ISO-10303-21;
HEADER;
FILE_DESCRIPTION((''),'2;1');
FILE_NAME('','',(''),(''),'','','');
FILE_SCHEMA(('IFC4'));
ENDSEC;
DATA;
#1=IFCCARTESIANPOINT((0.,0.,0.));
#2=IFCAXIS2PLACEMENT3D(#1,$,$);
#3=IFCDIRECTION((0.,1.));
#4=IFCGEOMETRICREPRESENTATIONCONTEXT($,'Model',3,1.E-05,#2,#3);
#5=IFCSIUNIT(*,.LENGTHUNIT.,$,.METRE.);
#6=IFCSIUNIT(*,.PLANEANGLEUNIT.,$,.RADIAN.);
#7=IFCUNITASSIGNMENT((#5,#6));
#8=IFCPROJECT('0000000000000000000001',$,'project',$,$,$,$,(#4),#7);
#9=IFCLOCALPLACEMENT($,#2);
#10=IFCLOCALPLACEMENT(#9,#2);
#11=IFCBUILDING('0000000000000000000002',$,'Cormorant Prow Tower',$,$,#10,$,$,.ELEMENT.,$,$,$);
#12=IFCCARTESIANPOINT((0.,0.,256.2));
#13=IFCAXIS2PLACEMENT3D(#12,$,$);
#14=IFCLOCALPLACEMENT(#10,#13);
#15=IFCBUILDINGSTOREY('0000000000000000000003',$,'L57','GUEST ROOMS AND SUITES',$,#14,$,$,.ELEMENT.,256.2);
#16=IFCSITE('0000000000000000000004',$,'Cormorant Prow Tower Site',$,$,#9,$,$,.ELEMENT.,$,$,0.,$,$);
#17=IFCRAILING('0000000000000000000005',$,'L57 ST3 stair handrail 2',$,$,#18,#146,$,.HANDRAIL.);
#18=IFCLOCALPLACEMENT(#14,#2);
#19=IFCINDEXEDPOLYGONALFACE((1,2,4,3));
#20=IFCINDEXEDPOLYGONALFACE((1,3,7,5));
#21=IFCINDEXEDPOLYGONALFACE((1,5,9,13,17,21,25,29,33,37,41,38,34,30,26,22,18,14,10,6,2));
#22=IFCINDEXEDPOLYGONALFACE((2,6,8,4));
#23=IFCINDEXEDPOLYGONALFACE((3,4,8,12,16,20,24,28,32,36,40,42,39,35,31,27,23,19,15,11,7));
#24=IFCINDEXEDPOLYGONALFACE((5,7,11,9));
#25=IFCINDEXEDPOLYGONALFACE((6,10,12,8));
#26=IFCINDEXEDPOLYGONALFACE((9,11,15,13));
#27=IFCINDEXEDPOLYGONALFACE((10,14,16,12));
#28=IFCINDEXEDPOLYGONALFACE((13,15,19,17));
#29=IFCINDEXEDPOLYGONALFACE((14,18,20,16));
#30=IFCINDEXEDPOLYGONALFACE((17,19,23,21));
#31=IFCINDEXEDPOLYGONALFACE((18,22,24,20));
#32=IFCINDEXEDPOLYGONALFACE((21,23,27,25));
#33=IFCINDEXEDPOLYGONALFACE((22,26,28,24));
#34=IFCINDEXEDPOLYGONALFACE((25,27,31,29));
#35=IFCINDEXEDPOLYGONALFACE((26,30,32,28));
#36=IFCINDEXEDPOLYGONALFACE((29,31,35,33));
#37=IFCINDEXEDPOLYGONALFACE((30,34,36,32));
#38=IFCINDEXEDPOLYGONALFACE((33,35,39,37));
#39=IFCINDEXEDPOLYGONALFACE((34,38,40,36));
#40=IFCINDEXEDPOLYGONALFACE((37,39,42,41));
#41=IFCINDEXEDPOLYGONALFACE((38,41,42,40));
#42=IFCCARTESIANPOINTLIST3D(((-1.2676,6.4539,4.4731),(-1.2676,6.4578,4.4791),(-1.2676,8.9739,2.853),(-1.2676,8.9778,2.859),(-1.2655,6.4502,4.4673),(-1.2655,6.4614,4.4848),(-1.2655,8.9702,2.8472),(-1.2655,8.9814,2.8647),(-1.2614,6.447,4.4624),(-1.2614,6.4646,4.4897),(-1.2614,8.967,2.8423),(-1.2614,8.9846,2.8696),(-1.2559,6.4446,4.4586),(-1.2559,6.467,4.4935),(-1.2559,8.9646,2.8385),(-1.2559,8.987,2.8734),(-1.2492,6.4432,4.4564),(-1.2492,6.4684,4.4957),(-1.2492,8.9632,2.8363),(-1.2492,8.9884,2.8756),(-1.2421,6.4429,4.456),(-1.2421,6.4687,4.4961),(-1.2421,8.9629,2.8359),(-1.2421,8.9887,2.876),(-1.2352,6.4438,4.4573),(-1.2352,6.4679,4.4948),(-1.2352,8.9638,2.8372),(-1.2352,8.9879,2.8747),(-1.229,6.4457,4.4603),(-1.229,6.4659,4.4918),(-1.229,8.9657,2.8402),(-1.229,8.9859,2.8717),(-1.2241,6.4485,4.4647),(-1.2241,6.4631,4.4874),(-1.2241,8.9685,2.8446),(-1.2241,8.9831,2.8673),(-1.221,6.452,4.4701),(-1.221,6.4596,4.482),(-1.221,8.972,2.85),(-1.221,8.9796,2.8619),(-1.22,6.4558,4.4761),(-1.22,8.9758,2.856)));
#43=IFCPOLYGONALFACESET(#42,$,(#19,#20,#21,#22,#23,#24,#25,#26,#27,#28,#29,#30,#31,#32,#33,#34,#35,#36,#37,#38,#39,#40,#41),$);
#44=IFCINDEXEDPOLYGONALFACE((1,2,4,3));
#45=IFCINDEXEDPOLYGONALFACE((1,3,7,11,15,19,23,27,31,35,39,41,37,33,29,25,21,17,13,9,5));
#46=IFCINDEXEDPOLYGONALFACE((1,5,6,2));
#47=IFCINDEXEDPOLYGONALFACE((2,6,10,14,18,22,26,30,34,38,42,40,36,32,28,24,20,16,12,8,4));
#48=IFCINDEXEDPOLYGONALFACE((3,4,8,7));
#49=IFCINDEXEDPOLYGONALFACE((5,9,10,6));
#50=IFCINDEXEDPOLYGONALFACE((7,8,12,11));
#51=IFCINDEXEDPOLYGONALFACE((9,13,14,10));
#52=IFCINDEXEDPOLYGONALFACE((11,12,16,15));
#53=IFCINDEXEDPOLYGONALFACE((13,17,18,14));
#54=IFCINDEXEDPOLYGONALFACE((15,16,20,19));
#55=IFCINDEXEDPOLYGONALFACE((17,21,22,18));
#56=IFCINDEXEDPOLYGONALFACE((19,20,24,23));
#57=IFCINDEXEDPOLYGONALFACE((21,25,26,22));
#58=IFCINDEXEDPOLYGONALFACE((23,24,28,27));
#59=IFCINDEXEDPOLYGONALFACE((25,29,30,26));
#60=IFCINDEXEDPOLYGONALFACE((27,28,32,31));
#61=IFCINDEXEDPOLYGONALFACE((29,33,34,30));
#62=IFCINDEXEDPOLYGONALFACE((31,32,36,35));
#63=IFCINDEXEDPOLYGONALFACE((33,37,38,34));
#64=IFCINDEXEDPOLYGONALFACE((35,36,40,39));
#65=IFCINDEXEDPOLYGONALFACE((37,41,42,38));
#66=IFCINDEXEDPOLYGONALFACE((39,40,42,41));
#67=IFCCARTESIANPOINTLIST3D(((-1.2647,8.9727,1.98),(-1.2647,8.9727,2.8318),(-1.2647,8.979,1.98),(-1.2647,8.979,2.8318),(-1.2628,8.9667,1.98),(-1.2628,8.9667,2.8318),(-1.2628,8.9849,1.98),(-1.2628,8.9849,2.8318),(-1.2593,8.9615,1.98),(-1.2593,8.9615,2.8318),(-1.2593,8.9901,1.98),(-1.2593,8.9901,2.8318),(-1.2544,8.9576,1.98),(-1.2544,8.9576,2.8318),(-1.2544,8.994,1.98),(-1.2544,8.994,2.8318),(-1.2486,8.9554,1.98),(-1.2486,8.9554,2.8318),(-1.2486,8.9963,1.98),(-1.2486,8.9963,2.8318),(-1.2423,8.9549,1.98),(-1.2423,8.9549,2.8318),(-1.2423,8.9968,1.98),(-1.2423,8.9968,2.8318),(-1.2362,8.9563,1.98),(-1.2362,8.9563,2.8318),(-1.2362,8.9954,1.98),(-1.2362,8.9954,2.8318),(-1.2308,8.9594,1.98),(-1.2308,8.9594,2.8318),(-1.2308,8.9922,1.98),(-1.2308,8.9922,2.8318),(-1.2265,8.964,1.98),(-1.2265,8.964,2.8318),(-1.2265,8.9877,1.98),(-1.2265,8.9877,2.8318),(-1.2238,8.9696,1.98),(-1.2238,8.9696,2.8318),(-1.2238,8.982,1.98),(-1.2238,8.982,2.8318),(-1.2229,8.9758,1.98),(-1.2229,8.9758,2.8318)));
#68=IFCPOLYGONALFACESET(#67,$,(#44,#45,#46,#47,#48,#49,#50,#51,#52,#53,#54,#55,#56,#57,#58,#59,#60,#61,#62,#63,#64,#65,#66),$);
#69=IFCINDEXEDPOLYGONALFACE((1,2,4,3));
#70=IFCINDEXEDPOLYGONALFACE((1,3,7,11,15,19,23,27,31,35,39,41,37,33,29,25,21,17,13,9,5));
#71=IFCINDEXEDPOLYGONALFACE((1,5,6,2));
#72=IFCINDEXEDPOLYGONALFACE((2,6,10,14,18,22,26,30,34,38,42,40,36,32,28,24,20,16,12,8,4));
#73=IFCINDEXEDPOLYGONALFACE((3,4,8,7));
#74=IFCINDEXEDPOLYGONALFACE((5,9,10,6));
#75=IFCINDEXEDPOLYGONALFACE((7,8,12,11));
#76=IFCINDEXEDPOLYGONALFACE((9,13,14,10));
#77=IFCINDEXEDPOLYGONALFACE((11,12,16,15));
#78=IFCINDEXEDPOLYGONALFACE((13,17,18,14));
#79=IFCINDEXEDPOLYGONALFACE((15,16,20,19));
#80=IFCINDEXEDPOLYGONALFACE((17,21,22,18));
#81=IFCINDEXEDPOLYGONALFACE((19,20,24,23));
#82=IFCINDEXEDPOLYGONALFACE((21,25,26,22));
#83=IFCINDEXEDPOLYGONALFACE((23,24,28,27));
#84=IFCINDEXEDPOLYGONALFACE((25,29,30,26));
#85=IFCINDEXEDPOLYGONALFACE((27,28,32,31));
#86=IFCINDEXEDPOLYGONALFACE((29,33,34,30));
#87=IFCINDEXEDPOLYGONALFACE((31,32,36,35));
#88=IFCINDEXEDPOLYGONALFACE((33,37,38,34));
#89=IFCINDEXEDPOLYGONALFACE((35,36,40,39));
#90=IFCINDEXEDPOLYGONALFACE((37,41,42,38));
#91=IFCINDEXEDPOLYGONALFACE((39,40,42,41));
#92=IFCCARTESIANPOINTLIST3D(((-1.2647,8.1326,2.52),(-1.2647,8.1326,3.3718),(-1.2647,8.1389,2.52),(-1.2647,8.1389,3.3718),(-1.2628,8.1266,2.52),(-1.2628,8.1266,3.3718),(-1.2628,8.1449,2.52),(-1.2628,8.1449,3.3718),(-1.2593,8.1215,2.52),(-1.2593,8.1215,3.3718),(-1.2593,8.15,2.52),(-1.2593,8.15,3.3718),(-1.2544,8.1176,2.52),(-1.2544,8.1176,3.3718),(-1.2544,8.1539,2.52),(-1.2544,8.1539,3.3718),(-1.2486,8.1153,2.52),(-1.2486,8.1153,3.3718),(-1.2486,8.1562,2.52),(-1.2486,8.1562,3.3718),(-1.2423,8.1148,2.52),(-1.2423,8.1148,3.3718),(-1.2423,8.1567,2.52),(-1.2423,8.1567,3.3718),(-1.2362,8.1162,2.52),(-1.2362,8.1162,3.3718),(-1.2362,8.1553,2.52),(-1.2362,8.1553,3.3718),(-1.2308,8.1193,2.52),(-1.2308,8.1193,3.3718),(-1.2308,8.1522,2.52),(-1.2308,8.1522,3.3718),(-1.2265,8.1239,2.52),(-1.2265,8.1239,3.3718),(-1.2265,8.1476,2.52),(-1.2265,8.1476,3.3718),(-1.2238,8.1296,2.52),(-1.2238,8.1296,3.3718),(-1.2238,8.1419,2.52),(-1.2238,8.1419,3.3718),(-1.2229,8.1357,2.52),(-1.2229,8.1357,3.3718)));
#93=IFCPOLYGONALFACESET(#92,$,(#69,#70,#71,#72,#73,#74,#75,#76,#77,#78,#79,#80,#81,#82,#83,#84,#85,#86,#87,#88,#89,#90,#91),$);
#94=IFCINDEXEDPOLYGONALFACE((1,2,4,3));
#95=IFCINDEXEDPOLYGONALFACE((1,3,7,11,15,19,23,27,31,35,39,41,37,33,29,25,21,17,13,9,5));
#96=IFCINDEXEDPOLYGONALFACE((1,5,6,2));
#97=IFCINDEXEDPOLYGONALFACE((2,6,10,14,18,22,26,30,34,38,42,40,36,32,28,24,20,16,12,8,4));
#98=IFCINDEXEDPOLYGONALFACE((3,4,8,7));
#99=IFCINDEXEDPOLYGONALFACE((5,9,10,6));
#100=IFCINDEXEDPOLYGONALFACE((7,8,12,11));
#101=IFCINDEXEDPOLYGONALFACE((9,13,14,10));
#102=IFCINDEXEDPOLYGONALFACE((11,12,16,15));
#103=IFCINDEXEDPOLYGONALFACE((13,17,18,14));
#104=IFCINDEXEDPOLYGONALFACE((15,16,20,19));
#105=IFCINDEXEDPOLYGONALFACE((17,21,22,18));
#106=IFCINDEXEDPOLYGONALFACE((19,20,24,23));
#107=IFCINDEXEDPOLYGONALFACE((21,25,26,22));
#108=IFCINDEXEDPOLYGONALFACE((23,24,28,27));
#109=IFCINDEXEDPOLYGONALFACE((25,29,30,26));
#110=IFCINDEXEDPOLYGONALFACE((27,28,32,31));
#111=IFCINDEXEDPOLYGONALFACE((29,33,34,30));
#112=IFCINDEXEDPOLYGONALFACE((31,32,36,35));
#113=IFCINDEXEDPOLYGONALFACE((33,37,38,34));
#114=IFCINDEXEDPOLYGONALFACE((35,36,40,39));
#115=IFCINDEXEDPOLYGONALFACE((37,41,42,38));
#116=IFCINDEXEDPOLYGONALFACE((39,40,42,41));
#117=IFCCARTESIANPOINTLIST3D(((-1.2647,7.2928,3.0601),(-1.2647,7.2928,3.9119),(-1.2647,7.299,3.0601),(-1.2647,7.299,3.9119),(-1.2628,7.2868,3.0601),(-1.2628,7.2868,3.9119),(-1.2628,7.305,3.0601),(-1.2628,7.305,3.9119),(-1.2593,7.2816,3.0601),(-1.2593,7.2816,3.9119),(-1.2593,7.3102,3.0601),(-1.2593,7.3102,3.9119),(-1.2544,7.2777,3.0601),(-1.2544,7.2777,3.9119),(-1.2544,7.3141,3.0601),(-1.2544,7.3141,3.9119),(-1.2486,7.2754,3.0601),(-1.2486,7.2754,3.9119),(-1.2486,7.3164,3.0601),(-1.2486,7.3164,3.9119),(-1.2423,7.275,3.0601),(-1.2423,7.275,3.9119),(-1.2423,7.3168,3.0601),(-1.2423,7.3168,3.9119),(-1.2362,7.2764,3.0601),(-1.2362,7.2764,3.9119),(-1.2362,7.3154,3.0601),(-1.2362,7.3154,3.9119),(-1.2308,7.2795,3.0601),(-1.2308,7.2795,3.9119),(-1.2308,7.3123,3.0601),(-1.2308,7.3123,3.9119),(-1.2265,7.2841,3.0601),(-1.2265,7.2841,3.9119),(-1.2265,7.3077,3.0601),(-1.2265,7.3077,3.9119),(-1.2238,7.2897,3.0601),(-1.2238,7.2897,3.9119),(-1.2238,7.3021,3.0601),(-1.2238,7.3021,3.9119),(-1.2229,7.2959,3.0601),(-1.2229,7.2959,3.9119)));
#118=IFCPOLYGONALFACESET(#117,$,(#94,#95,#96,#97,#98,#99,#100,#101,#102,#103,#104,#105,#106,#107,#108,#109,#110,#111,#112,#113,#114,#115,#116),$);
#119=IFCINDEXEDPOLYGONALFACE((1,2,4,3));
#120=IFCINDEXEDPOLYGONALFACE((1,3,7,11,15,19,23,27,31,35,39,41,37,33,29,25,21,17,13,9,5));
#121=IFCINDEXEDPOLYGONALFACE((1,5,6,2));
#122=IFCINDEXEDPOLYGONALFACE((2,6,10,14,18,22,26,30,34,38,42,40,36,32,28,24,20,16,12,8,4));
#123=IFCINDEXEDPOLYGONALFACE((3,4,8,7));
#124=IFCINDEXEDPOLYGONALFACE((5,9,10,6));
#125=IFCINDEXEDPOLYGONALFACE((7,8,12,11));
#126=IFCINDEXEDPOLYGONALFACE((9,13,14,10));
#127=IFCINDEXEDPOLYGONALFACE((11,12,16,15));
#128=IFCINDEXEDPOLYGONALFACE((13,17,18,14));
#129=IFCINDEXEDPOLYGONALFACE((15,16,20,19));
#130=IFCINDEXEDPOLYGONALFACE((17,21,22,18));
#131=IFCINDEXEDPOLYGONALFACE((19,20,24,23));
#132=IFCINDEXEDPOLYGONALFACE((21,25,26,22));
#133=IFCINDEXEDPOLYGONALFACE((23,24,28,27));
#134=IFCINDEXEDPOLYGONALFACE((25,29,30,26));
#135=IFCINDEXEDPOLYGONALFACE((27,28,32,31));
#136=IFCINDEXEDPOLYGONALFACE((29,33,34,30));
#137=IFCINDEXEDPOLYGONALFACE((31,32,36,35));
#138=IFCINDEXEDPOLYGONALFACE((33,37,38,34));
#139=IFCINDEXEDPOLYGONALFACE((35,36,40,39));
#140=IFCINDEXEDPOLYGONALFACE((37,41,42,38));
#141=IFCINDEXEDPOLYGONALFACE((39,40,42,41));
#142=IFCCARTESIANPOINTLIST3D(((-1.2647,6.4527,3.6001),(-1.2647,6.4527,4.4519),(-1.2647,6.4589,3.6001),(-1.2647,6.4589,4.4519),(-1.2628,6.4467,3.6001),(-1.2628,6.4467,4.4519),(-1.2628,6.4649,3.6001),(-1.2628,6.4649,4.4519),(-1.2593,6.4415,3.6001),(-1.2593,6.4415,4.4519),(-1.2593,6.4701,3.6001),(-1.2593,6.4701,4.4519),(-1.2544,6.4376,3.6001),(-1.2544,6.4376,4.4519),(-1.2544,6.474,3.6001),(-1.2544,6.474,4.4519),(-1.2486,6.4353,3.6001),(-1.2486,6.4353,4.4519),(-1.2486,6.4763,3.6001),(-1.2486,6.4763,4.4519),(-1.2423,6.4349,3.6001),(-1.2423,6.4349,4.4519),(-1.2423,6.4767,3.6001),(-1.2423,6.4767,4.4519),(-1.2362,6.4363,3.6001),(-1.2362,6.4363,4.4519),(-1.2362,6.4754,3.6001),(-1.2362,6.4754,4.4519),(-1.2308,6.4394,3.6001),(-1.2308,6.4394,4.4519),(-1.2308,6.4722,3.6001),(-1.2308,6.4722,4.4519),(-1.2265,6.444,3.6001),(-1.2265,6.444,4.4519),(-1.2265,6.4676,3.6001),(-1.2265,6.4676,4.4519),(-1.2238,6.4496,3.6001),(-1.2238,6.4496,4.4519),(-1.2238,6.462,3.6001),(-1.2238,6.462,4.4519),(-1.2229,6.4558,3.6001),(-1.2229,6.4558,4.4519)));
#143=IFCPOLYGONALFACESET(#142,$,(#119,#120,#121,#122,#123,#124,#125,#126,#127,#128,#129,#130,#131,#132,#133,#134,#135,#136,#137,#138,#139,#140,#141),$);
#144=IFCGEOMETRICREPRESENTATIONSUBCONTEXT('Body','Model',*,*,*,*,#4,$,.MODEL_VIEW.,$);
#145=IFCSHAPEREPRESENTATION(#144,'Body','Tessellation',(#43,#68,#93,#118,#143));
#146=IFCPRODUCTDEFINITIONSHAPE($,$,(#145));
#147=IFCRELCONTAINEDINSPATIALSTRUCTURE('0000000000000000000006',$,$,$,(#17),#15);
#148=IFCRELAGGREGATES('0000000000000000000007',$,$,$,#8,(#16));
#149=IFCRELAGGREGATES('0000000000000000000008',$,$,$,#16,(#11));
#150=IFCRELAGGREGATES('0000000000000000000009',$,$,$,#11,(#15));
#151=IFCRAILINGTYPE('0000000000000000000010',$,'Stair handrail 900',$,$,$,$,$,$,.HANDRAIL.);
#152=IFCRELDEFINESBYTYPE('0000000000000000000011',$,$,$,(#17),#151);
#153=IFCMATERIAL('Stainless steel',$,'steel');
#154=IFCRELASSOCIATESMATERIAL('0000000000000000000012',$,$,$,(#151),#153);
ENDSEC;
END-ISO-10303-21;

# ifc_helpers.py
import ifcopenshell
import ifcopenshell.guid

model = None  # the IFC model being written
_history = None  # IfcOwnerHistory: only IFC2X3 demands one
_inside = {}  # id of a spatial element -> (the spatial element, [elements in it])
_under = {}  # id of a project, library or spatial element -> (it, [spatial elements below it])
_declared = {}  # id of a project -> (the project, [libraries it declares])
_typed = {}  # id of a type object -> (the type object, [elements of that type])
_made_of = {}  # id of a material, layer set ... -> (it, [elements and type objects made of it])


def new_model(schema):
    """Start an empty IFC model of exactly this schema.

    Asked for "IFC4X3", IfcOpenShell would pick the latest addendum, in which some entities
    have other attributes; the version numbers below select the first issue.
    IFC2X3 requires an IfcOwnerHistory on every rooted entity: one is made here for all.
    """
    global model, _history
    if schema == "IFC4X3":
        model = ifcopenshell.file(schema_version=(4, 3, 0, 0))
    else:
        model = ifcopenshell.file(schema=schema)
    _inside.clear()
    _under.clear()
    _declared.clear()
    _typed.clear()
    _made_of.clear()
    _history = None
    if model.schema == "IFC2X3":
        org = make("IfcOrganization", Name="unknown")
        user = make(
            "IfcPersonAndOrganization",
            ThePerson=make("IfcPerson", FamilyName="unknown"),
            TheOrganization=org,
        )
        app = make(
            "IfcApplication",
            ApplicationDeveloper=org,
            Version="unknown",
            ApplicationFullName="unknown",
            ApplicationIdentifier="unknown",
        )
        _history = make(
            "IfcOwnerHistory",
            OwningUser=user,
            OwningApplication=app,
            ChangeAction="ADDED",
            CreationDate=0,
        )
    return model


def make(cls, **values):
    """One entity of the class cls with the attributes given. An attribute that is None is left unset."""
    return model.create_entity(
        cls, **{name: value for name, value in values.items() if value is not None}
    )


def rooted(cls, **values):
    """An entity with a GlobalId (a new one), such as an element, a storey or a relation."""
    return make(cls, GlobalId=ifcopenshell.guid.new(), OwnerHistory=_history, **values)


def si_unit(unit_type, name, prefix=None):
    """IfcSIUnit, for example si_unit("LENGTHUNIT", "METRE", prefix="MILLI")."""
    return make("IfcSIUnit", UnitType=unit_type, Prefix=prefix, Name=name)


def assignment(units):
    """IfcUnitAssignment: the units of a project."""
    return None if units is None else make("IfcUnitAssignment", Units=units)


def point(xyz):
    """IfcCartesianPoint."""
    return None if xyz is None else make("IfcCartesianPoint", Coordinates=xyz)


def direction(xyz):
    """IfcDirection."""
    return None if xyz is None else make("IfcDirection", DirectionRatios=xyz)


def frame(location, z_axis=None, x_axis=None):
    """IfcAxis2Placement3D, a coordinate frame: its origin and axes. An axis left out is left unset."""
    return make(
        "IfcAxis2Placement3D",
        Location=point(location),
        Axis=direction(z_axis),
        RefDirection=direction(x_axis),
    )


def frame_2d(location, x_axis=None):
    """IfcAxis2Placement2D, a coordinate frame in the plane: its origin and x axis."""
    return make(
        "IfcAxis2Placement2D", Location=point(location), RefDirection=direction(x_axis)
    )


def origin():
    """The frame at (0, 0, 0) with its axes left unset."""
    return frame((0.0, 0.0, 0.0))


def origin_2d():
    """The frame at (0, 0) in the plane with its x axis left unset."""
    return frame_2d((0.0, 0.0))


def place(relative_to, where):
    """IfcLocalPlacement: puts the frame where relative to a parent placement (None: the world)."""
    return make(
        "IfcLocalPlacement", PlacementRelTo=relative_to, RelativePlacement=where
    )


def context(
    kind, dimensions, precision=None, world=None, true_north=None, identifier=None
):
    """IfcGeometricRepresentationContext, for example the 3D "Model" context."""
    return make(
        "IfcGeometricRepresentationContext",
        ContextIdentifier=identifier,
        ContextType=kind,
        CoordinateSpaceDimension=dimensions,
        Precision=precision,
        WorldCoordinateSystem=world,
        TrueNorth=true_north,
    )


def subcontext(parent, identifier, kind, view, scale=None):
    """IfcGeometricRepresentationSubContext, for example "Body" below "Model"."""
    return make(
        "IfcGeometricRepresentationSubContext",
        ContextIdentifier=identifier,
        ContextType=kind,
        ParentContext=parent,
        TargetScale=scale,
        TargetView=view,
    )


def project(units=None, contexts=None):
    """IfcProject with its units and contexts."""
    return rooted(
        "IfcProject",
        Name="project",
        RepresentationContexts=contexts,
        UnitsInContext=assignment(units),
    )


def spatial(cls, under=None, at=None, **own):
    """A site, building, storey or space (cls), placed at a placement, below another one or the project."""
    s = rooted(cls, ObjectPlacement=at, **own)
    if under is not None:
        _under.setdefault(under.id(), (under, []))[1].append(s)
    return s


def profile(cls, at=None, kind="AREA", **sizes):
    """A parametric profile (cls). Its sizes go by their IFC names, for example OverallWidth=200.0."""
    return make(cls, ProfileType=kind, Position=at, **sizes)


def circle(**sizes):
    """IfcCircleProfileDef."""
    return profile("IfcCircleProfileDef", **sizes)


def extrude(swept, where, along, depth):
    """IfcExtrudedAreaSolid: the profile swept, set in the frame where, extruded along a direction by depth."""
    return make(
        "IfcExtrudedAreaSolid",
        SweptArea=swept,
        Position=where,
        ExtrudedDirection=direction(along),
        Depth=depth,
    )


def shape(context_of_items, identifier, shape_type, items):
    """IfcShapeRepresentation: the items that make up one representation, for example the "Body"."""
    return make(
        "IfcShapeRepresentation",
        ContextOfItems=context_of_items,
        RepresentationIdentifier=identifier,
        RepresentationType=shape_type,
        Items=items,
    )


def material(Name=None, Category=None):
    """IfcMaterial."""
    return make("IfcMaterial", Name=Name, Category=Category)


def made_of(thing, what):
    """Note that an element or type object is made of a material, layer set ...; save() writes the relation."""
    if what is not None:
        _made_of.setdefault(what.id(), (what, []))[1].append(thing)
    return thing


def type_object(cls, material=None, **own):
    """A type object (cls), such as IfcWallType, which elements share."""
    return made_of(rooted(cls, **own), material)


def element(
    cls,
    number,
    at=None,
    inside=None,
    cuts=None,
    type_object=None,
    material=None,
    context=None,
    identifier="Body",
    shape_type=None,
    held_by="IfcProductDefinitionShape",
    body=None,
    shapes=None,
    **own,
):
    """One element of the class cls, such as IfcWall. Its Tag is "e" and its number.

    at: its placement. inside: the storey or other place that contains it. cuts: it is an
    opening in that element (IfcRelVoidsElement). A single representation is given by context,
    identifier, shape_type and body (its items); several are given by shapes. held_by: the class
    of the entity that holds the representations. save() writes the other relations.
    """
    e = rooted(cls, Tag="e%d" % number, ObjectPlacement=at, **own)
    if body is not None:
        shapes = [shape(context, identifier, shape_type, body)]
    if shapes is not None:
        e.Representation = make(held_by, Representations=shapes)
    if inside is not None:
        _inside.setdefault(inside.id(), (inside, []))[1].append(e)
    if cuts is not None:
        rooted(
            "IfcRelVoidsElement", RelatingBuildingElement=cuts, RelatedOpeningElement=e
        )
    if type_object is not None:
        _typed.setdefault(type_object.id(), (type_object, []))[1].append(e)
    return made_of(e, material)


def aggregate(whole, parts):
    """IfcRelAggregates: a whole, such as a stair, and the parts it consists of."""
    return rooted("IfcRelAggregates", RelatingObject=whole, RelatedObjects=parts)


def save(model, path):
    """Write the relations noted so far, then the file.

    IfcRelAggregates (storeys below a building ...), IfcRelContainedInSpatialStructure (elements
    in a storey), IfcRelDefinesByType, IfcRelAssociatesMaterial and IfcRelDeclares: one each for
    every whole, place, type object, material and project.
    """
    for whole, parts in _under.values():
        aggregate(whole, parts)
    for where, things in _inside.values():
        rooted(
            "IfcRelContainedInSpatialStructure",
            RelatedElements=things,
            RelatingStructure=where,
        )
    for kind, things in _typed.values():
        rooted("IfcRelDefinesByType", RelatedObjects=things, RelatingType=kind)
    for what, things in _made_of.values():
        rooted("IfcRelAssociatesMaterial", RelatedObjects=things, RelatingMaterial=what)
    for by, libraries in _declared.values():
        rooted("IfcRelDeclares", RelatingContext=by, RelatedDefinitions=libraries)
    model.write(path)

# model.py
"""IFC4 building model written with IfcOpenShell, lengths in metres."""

from ifc_helpers import new_model, si_unit, direction, frame, origin, origin_2d, place, context, subcontext, project, spatial, circle, extrude, material, type_object, element, save


model = new_model("IFC4")

# Units and contexts
model_context = context("Model", 3, precision=1e-05, world=origin(), true_north=direction((0.0, 1.0)))
body_context = subcontext(model_context, "Body", "Model", "MODEL_VIEW")
ifc_project = project(units=[si_unit("LENGTHUNIT", "METRE"), si_unit("PLANEANGLEUNIT", "RADIAN")], contexts=[model_context])

# Site, building, storey
site_placement = place(None, origin())
site = spatial("IfcSite", under=ifc_project, at=site_placement, Name="Cormorant Prow Tower Site", CompositionType="ELEMENT", RefElevation=0.0)
building_placement = place(site_placement, origin())
building = spatial("IfcBuilding", under=site, at=building_placement, Name="Cormorant Prow Tower", CompositionType="ELEMENT")
storey_placement = place(building_placement, frame((0.0, 0.0, 256.2)))
storey = spatial("IfcBuildingStorey", under=building, at=storey_placement, Name="L57", Description="GUEST ROOMS AND SUITES", CompositionType="ELEMENT", Elevation=256.2)

# Railing
ifc_material_1 = material(Name="Stainless steel", Category="steel")
railing_type = type_object("IfcRailingType", Name="Stair handrail 900", PredefinedType="HANDRAIL", material=ifc_material_1)
railing_placement = place(storey_placement, frame((-1.2439, 8.9758, 1.98)))
element("IfcRailing", 1, at=railing_placement, inside=storey, type_object=railing_type, Name="L57 ST3 stair handrail 2", PredefinedType="HANDRAIL", context=body_context, shape_type="SweptSolid", body=[
    extrude(circle(Radius=0.0239, at=origin_2d()), frame((0.0, 0.0, 0.876), z_axis=(0.0, -0.841163, 0.540782), x_axis=(1.0, 0.0, 0.0)), (0.0, 0.0, 1.0), 2.9958),
    extrude(circle(Radius=0.021, at=origin_2d()), origin(), (0.0, 0.0, 1.0), 0.8518),
    extrude(circle(Radius=0.021, at=origin_2d()), frame((0.0, -0.8401, 0.54)), (0.0, 0.0, 1.0), 0.8518),
    extrude(circle(Radius=0.021, at=origin_2d()), frame((0.0, -1.6799, 1.0801)), (0.0, 0.0, 1.0), 0.8518),
    extrude(circle(Radius=0.021, at=origin_2d()), frame((0.0, -2.52, 1.6201)), (0.0, 0.0, 1.0), 0.8518),
])

save(model, "model.ifc")
